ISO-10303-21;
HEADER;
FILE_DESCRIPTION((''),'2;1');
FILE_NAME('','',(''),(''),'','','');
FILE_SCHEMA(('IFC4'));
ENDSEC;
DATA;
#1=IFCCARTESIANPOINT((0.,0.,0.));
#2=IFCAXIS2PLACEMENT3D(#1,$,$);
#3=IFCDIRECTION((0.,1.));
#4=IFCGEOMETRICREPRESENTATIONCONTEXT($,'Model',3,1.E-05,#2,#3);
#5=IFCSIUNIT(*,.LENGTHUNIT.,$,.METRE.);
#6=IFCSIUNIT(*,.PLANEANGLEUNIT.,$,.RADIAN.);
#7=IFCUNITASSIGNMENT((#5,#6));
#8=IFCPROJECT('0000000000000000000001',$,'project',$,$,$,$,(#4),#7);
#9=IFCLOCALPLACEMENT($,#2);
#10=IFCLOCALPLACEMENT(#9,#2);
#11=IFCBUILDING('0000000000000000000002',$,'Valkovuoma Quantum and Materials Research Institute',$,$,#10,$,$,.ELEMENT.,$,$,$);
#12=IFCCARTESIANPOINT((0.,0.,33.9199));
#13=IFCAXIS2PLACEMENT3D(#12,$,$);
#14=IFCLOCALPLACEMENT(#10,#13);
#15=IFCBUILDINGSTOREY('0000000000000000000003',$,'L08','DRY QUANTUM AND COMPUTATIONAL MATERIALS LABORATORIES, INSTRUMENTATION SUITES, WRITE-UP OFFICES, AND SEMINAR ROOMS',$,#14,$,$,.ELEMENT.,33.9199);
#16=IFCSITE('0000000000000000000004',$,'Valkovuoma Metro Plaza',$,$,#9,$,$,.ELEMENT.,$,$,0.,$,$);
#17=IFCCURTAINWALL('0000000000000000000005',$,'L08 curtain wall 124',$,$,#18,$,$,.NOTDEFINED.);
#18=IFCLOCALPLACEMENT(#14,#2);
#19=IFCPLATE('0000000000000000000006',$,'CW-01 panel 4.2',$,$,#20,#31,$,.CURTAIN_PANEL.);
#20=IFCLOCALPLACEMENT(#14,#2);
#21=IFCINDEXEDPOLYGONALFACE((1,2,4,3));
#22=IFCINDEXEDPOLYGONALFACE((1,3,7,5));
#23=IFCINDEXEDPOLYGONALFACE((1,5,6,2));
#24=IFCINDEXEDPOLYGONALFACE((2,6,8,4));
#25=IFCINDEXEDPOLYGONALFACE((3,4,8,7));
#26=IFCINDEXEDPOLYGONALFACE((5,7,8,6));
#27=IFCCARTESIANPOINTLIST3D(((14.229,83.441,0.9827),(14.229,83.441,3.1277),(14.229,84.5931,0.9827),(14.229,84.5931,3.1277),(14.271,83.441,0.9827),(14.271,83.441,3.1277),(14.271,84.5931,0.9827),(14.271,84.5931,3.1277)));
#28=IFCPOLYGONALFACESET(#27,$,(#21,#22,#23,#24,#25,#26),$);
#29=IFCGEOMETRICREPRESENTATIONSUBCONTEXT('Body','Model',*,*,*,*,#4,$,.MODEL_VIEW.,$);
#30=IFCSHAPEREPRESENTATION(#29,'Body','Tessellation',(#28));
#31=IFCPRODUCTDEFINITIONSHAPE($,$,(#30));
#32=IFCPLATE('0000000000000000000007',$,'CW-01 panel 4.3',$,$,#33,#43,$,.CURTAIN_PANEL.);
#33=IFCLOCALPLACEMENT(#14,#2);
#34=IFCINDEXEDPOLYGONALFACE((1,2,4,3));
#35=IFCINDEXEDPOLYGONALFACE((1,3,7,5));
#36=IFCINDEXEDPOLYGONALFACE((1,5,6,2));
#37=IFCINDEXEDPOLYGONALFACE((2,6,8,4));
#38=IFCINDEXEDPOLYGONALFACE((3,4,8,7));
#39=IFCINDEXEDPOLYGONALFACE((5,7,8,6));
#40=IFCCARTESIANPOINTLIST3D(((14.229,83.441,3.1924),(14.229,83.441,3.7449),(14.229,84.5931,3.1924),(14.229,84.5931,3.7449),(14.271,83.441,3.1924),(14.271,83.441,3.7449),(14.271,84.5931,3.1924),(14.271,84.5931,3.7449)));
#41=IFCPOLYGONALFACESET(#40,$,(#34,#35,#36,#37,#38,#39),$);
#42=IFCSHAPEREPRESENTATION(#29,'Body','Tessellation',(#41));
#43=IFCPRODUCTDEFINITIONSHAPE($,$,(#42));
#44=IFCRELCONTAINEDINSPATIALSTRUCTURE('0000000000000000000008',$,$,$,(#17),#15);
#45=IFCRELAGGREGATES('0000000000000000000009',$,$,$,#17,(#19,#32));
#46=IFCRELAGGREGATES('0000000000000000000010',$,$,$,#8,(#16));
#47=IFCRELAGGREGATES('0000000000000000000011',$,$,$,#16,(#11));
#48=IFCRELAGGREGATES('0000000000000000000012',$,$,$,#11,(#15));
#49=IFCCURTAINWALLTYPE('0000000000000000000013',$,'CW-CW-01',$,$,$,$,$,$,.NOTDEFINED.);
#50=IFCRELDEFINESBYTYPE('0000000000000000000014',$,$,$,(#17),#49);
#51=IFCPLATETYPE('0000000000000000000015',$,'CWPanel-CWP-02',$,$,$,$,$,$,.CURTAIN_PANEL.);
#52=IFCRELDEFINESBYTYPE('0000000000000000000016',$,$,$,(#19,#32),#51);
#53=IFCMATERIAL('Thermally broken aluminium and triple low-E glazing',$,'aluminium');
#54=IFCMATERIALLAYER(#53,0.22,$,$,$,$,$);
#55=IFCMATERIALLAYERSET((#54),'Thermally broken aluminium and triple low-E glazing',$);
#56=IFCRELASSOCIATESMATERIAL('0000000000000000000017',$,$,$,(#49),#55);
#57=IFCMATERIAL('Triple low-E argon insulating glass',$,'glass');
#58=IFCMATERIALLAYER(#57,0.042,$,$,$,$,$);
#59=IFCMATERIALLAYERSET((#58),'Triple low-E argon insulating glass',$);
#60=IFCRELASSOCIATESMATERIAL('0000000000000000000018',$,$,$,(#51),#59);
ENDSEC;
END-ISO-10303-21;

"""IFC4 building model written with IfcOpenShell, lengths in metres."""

from ifc_helpers import new_model, si_unit, direction, frame, origin, origin_2d, place, context, subcontext, project, spatial, rectangle, extrude, material, layer, layer_set, type_object, element, aggregate, save


model = new_model("IFC4")

# Units and contexts
model_context = context("Model", 3, precision=1e-05, world=origin(), true_north=direction((0.0, 1.0)))
body_context = subcontext(model_context, "Body", "Model", "MODEL_VIEW")
ifc_project = project(units=[si_unit("LENGTHUNIT", "METRE"), si_unit("PLANEANGLEUNIT", "RADIAN")], contexts=[model_context])

# Site, building, storey
site_placement = place(None, origin())
site = spatial("IfcSite", under=ifc_project, at=site_placement, Name="Valkovuoma Metro Plaza", CompositionType="ELEMENT", RefElevation=0.0)
building_placement = place(site_placement, origin())
building = spatial("IfcBuilding", under=site, at=building_placement, Name="Valkovuoma Quantum and Materials Research Institute", CompositionType="ELEMENT")
storey_placement = place(building_placement, frame((0.0, 0.0, 33.9199)))
storey = spatial("IfcBuildingStorey", under=building, at=storey_placement, Name="L08", Description="DRY QUANTUM AND COMPUTATIONAL MATERIALS LABORATORIES, INSTRUMENTATION SUITES, WRITE-UP OFFICES, AND SEMINAR ROOMS", CompositionType="ELEMENT", Elevation=33.9199)

# Curtain wall, plates
ifc_material_1 = material(Name="Thermally broken aluminium and triple low-E glazing", Category="aluminium")
ifc_layer_1 = layer(ifc_material_1, 0.22)
ifc_layer_set_1 = layer_set([ifc_layer_1], Name="Thermally broken aluminium and triple low-E glazing")
curtain_wall_type = type_object("IfcCurtainWallType", Name="CW-CW-01", PredefinedType="NOTDEFINED", material=ifc_layer_set_1)
curtain_wall_placement = place(storey_placement, origin())
curtain_wall = element("IfcCurtainWall", 1, at=curtain_wall_placement, inside=storey, type_object=curtain_wall_type, Name="L08 curtain wall 124", PredefinedType="NOTDEFINED")
ifc_material_2 = material(Name="Triple low-E argon insulating glass", Category="glass")
ifc_layer_2 = layer(ifc_material_2, 0.042)
ifc_layer_set_2 = layer_set([ifc_layer_2], Name="Triple low-E argon insulating glass")
plate_type = type_object("IfcPlateType", Name="CWPanel-CWP-02", PredefinedType="CURTAIN_PANEL", material=ifc_layer_set_2)
plate_1_placement = place(storey_placement, frame((14.25, 84.0171, 0.9827), z_axis=(0.0, 0.0, 1.0), x_axis=(0.0, 1.0, 0.0)))
plate_1 = element("IfcPlate", 2, at=plate_1_placement, type_object=plate_type, Name="CW-01 panel 4.2", PredefinedType="CURTAIN_PANEL", context=body_context, shape_type="SweptSolid", body=[
    extrude(rectangle(XDim=1.1521, YDim=0.042, at=origin_2d()), origin(), (0.0, 0.0, 1.0), 2.145),
])
plate_2_placement = place(storey_placement, frame((14.25, 84.0171, 3.1924), z_axis=(0.0, 0.0, 1.0), x_axis=(0.0, 1.0, 0.0)))
plate_2 = element("IfcPlate", 3, at=plate_2_placement, type_object=plate_type, Name="CW-01 panel 4.3", PredefinedType="CURTAIN_PANEL", context=body_context, shape_type="SweptSolid", body=[
    extrude(rectangle(XDim=1.1521, YDim=0.042, at=origin_2d()), origin(), (0.0, 0.0, 1.0), 0.5525),
])
aggregate(curtain_wall, [plate_1, plate_2])

save(model, "model.ifc")
